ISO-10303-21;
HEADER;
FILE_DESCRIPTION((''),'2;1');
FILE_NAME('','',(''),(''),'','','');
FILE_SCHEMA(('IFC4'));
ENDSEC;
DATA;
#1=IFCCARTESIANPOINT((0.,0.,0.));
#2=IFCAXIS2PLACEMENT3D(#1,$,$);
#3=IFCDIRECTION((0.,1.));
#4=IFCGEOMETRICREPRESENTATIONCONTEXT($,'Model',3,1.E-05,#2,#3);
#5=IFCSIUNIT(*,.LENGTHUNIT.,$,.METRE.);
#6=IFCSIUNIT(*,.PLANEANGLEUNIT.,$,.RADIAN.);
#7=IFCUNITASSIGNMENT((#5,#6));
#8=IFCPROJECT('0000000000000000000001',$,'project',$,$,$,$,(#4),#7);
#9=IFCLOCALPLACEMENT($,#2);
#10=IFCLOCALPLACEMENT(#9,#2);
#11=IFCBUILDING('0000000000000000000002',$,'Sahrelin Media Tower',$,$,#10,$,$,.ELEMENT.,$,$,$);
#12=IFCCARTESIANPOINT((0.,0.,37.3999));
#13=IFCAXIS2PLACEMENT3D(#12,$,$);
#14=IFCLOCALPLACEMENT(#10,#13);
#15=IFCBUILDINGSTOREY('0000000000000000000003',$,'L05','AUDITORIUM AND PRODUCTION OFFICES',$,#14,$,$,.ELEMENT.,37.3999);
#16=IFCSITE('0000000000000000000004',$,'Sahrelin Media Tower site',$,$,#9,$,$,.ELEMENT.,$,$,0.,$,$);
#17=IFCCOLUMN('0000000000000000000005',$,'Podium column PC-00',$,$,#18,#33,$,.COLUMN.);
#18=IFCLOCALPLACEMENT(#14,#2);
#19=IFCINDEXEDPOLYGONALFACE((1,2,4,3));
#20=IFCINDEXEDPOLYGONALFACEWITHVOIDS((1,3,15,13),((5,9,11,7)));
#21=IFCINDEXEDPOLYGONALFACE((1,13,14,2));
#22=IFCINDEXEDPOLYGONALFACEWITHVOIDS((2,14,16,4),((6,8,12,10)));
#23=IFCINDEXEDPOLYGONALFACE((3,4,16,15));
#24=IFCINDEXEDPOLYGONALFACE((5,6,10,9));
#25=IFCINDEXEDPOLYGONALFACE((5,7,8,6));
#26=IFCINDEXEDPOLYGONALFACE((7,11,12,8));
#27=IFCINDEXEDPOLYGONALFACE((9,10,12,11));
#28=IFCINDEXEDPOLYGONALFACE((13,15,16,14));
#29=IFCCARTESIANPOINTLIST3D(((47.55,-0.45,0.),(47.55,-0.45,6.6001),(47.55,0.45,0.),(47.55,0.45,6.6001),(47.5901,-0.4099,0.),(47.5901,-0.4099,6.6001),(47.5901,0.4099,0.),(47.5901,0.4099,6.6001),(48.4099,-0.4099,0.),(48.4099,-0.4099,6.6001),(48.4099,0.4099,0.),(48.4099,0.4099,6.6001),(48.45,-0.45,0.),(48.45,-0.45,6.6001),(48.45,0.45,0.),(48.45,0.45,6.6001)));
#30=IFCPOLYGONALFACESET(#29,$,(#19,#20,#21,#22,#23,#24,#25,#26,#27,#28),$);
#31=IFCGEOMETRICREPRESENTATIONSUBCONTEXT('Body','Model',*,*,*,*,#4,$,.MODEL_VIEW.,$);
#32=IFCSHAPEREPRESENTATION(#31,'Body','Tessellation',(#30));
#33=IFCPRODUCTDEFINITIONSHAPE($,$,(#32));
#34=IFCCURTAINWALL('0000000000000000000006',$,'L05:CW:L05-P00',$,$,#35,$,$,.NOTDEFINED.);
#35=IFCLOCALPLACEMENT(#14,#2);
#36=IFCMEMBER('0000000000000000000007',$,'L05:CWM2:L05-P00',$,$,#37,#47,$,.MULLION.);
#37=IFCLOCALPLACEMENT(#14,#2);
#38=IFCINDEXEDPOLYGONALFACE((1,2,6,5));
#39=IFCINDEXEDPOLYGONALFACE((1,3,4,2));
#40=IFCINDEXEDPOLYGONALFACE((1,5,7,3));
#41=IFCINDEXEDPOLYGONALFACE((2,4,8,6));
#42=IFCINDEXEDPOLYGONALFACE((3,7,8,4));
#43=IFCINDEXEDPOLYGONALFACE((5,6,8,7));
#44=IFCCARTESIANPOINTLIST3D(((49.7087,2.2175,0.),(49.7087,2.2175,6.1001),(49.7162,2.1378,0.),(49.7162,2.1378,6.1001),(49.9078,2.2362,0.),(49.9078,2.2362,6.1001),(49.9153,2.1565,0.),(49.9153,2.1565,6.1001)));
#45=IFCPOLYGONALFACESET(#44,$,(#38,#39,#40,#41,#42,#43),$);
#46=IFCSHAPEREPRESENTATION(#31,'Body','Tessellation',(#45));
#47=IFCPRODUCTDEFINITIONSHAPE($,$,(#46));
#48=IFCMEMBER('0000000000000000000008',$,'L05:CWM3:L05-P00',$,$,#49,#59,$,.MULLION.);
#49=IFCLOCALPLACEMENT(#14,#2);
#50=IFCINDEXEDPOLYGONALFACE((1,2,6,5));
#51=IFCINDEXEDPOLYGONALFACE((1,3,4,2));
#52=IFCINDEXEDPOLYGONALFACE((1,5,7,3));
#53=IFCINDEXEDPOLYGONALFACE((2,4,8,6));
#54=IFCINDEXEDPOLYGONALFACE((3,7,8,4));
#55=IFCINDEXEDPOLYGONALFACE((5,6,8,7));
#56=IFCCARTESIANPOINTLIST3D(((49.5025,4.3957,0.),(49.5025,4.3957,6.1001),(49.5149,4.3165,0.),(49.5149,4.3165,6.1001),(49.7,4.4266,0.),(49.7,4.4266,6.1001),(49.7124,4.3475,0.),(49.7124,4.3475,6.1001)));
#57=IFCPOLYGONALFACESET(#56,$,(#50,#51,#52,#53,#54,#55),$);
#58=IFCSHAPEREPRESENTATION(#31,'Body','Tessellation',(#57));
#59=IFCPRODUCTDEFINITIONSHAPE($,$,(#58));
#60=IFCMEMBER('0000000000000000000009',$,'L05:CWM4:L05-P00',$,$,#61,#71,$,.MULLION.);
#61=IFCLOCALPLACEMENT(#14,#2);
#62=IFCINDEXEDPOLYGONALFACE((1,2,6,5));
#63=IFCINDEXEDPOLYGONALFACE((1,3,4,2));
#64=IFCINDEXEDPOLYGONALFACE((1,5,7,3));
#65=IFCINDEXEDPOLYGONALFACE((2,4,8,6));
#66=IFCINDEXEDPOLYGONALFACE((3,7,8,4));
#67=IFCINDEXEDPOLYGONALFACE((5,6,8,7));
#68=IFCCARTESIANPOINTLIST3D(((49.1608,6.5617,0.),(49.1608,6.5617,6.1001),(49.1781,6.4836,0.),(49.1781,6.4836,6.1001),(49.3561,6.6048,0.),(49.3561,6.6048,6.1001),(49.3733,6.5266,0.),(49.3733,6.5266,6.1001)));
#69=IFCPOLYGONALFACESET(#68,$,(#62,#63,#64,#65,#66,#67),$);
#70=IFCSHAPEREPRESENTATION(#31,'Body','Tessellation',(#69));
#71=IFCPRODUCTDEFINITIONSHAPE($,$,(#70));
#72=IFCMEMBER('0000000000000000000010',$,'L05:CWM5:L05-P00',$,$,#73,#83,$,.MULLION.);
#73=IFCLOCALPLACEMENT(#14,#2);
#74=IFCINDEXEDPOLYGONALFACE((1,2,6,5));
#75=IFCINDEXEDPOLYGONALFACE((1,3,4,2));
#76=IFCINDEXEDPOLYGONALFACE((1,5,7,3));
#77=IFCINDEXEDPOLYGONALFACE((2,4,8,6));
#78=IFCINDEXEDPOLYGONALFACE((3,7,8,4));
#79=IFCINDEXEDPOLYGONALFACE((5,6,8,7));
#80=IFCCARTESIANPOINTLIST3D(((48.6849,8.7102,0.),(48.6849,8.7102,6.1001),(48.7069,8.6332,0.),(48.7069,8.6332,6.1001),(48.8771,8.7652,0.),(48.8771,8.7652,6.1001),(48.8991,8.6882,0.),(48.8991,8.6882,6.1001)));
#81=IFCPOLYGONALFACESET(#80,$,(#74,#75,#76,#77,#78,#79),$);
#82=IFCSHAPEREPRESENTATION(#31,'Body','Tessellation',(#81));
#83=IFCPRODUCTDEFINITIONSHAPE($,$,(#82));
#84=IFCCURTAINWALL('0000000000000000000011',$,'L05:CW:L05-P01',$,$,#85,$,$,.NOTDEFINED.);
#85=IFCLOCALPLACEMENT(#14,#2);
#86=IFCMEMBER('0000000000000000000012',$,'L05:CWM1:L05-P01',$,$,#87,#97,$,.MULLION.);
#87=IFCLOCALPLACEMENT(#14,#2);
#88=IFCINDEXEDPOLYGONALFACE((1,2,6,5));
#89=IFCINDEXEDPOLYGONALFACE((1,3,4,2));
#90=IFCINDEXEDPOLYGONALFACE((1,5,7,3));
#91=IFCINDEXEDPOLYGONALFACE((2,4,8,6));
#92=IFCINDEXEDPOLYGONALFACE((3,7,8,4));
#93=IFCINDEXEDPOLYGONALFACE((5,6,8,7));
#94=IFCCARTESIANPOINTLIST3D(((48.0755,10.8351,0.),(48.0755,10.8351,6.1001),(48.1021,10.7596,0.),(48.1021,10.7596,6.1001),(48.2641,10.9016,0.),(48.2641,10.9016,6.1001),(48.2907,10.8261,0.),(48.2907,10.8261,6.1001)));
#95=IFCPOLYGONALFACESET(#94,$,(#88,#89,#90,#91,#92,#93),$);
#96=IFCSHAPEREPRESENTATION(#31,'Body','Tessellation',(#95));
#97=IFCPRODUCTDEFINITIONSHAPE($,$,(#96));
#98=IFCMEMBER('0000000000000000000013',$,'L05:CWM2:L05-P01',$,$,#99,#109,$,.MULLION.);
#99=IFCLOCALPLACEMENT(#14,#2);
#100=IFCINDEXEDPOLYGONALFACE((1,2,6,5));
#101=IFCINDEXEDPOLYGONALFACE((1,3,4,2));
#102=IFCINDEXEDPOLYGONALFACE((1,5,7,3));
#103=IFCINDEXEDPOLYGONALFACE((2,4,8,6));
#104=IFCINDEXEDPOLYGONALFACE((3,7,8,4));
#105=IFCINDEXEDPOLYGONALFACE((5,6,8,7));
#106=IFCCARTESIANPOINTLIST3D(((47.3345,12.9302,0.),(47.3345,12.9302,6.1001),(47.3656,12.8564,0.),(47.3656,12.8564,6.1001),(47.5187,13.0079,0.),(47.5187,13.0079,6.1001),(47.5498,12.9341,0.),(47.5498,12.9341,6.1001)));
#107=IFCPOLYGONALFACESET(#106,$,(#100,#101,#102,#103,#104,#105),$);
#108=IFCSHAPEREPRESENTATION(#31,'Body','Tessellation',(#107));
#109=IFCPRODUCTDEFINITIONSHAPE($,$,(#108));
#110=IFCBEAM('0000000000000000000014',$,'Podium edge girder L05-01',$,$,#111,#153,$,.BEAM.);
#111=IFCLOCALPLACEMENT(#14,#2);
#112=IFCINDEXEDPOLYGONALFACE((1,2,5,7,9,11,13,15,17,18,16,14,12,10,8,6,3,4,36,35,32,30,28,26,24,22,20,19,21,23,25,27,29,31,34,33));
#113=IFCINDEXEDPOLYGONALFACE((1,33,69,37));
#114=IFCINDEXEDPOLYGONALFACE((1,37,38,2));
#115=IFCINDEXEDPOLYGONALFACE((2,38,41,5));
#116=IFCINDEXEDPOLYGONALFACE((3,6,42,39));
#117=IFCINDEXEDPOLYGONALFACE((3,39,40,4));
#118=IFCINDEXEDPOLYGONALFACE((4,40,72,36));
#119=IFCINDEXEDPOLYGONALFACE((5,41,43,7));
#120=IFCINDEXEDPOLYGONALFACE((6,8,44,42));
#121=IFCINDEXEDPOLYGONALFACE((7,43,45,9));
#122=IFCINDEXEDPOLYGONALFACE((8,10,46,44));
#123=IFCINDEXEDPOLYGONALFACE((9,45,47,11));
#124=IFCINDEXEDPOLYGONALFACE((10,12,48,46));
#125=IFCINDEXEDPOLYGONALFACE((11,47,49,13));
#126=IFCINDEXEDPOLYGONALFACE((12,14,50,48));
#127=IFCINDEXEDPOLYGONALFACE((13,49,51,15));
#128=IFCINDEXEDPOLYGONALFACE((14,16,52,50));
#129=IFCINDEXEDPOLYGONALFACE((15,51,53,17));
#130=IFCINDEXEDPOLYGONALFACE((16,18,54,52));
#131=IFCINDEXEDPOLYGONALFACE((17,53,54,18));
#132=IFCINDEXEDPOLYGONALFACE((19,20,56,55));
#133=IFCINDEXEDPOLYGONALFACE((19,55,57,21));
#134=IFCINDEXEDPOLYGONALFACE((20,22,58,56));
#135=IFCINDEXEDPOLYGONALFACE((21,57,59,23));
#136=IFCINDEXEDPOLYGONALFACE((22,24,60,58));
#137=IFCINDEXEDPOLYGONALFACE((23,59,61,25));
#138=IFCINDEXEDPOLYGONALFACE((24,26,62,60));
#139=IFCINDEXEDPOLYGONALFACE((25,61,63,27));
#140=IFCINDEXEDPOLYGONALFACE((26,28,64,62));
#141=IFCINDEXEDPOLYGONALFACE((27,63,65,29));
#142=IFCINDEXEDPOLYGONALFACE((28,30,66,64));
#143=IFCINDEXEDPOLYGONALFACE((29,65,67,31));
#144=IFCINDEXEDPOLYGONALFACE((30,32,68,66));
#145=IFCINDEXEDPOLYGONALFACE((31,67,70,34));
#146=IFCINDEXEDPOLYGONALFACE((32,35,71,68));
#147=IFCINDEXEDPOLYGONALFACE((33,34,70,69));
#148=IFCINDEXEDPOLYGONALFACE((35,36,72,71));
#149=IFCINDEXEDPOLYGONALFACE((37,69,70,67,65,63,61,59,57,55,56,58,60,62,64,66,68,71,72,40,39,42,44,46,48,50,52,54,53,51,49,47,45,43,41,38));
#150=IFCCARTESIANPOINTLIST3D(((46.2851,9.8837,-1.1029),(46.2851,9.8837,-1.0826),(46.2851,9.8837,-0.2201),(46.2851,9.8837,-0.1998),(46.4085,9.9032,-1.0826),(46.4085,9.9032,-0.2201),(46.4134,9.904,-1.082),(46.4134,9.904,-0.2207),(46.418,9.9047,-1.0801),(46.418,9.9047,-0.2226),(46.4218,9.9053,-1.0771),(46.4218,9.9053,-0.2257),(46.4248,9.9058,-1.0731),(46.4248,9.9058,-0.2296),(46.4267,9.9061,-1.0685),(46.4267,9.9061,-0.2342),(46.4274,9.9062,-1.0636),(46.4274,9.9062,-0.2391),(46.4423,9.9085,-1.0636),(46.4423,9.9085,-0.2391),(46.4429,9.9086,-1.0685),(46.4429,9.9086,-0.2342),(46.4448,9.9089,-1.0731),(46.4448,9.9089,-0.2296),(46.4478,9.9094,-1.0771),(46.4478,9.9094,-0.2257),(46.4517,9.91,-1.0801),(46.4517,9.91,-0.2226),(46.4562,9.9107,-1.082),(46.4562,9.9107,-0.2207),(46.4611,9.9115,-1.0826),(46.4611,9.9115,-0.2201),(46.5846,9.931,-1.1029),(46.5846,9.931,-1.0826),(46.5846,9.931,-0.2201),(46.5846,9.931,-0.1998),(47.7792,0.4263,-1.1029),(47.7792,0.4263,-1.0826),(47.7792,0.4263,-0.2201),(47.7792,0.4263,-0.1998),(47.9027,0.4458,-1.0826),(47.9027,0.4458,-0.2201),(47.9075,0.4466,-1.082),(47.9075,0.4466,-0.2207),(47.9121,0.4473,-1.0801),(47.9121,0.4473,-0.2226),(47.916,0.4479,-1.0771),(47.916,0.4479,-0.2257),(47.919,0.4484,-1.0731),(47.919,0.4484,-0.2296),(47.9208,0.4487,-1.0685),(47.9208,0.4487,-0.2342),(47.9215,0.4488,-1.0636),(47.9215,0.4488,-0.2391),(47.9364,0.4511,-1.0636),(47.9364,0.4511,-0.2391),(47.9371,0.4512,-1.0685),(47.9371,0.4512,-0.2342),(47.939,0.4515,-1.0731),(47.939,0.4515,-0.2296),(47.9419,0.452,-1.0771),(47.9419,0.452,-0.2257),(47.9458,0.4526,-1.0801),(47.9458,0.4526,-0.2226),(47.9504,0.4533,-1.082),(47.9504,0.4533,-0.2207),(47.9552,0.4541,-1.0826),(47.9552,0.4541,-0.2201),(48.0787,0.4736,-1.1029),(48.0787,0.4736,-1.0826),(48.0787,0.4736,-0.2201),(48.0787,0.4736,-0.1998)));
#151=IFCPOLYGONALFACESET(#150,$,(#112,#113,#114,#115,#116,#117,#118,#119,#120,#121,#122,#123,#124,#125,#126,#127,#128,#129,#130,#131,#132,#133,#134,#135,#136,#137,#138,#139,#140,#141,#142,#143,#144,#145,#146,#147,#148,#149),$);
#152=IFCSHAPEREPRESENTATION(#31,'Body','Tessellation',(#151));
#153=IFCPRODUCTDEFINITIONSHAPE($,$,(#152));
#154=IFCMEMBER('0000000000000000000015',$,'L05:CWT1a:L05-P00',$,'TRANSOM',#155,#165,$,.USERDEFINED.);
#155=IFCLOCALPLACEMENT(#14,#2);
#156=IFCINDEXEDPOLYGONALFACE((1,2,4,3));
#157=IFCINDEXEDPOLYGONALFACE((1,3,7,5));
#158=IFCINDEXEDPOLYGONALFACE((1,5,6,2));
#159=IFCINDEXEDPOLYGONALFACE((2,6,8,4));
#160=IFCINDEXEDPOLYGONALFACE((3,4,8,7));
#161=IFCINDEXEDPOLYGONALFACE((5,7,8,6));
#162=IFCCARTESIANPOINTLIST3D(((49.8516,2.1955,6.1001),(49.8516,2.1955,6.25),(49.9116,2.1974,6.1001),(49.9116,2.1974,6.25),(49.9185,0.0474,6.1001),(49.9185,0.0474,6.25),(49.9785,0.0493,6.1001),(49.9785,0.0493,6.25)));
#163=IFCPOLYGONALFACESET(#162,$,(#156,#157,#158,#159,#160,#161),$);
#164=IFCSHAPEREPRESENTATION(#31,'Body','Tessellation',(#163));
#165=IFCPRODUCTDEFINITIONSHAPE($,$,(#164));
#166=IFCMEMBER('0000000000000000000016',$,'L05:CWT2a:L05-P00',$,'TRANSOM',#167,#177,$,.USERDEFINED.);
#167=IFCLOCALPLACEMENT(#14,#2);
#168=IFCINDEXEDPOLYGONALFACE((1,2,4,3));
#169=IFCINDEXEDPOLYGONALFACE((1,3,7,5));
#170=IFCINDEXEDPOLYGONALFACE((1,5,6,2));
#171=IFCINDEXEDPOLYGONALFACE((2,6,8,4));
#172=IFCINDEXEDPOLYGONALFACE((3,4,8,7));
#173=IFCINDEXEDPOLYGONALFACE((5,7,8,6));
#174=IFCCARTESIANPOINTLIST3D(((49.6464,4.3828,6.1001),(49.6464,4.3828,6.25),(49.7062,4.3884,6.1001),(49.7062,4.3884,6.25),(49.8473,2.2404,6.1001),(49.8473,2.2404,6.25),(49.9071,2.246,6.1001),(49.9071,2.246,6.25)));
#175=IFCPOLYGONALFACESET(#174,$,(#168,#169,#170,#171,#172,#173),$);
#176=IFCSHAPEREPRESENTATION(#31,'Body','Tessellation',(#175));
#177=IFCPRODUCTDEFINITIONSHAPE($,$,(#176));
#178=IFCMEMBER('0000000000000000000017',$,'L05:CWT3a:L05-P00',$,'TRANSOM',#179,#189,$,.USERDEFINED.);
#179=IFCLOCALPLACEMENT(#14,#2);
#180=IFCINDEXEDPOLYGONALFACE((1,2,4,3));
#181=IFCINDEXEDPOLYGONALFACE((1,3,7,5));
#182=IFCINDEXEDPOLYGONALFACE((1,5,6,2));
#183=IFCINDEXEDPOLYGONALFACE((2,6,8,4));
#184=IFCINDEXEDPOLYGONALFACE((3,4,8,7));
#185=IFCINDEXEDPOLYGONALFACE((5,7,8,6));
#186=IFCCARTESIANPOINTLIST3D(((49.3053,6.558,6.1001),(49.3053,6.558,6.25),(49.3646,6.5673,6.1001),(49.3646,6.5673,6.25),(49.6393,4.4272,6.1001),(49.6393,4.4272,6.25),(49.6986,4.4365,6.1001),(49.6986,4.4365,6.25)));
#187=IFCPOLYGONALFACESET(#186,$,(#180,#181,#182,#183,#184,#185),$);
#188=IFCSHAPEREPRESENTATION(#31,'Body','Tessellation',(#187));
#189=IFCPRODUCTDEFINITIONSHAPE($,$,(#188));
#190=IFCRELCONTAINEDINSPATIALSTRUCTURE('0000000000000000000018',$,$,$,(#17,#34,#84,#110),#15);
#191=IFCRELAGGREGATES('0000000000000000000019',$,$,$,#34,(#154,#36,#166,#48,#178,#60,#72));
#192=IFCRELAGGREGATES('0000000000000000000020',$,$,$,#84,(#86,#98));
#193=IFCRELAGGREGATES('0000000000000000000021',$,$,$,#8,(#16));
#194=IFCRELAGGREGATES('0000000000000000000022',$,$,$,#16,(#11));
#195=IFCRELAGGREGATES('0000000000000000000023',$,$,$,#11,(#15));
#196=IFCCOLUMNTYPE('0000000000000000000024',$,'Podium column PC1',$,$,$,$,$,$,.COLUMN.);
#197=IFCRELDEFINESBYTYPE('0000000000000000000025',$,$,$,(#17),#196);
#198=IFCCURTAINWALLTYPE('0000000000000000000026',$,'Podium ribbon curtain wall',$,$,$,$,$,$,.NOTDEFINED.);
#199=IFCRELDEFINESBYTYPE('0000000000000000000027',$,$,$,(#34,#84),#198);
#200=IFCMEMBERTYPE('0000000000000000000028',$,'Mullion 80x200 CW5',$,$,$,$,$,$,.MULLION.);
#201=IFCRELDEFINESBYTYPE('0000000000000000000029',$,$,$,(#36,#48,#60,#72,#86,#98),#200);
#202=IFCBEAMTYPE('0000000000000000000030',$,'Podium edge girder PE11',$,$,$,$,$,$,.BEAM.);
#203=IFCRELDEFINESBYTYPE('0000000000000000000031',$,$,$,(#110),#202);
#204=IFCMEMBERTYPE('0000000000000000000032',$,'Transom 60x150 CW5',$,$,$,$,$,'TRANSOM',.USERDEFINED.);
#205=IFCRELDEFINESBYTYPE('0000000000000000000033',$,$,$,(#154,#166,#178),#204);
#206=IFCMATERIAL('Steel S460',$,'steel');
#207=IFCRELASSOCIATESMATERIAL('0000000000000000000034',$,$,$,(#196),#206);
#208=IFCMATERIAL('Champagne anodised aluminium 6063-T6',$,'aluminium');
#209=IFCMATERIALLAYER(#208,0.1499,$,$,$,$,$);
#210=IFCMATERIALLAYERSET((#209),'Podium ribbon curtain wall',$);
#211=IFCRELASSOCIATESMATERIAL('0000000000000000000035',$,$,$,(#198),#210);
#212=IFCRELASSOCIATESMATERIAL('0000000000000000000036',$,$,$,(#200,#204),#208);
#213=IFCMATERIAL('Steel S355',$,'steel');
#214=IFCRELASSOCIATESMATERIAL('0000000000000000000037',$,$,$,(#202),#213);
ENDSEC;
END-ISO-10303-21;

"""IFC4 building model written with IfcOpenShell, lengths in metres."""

from ifc_helpers import new_model, si_unit, direction, frame, origin, origin_2d, place, context, subcontext, project, spatial, rectangle, hollow_rectangle, i_section, extrude, material, layer, layer_set, material_profile, profile_set, type_object, element, aggregate, save


model = new_model("IFC4")

# Units and contexts
model_context = context("Model", 3, precision=1e-05, world=origin(), true_north=direction((0.0, 1.0)))
body_context = subcontext(model_context, "Body", "Model", "MODEL_VIEW")
ifc_project = project(units=[si_unit("LENGTHUNIT", "METRE"), si_unit("PLANEANGLEUNIT", "RADIAN")], contexts=[model_context])

# Site, building, storey
site_placement = place(None, origin())
site = spatial("IfcSite", under=ifc_project, at=site_placement, Name="Sahrelin Media Tower site", CompositionType="ELEMENT", RefElevation=0.0)
building_placement = place(site_placement, origin())
building = spatial("IfcBuilding", under=site, at=building_placement, Name="Sahrelin Media Tower", CompositionType="ELEMENT")
storey_placement = place(building_placement, frame((0.0, 0.0, 37.3999)))
storey = spatial("IfcBuildingStorey", under=building, at=storey_placement, Name="L05", Description="AUDITORIUM AND PRODUCTION OFFICES", CompositionType="ELEMENT", Elevation=37.3999)

# Column
ifc_material_1 = material(Name="Steel S460", Category="steel")
ifc_material_profile_1 = material_profile(ifc_material_1, hollow_rectangle(XDim=0.8999, YDim=0.8999, WallThickness=0.04, at=origin_2d()), Name="Podium column PC1")
ifc_profile_set_1 = profile_set([ifc_material_profile_1], Name="Steel S460")
column_type = type_object("IfcColumnType", Name="Podium column PC1", PredefinedType="COLUMN", material=ifc_profile_set_1)
column_placement = place(storey_placement, frame((48.0, 0.0, 0.0), z_axis=(0.0, 0.0, 1.0), x_axis=(1.0, 0.0, 0.0)))
element("IfcColumn", 1, at=column_placement, inside=storey, type_object=column_type, Name="Podium column PC-00", PredefinedType="COLUMN", context=body_context, shape_type="SweptSolid", body=[
    extrude(hollow_rectangle(XDim=0.8999, YDim=0.8999, WallThickness=0.04, at=origin_2d()), origin(), (0.0, 0.0, 1.0), 6.6001),
])

# Curtain walls, members
ifc_material_2 = material(Name="Champagne anodised aluminium 6063-T6", Category="aluminium")
ifc_layer_1 = layer(ifc_material_2, 0.1499)
ifc_layer_set_1 = layer_set([ifc_layer_1], Name="Podium ribbon curtain wall")
curtain_wall_type = type_object("IfcCurtainWallType", Name="Podium ribbon curtain wall", PredefinedType="NOTDEFINED", material=ifc_layer_set_1)
curtain_wall_1_placement = place(storey_placement, frame((50.0, 0.0, 0.0), z_axis=(0.0, 0.0, 1.0), x_axis=(1.0, 0.0, 0.0)))
curtain_wall_1 = element("IfcCurtainWall", 2, at=curtain_wall_1_placement, inside=storey, type_object=curtain_wall_type, Name="L05:CW:L05-P00", PredefinedType="NOTDEFINED")
ifc_material_profile_2 = material_profile(ifc_material_2, rectangle(XDim=0.0801, YDim=0.2, at=origin_2d()), Name="Mullion 80x200")
ifc_profile_set_2 = profile_set([ifc_material_profile_2], Name="Champagne anodised aluminium 6063-T6")
member_type_1 = type_object("IfcMemberType", Name="Mullion 80x200 CW5", PredefinedType="MULLION", material=ifc_profile_set_2)
member_1_placement = place(storey_placement, frame((49.812, 2.187, 0.0), z_axis=(0.0, 0.0, 1.0), x_axis=(-0.093292, 0.995639, 0.0)))
member_1 = element("IfcMember", 3, at=member_1_placement, type_object=member_type_1, Name="L05:CWM2:L05-P00", PredefinedType="MULLION", context=body_context, shape_type="SweptSolid", body=[
    extrude(rectangle(XDim=0.0801, YDim=0.2, at=origin_2d()), origin(), (0.0, 0.0, 1.0), 6.1001),
])
member_2_placement = place(storey_placement, frame((49.6074, 4.3716, 0.0), z_axis=(0.0, 0.0, 1.0), x_axis=(-0.154852, 0.987938, 0.0)))
member_2 = element("IfcMember", 4, at=member_2_placement, type_object=member_type_1, Name="L05:CWM3:L05-P00", PredefinedType="MULLION", context=body_context, shape_type="SweptSolid", body=[
    extrude(rectangle(XDim=0.0801, YDim=0.2, at=origin_2d()), origin(), (0.0, 0.0, 1.0), 6.1001),
])
member_3_placement = place(storey_placement, frame((49.2671, 6.5442, 0.0), z_axis=(0.0, 0.0, 1.0), x_axis=(-0.215438, 0.976518, 0.0)))
member_3 = element("IfcMember", 5, at=member_3_placement, type_object=member_type_1, Name="L05:CWM4:L05-P00", PredefinedType="MULLION", context=body_context, shape_type="SweptSolid", body=[
    extrude(rectangle(XDim=0.0801, YDim=0.2, at=origin_2d()), origin(), (0.0, 0.0, 1.0), 6.1001),
])
member_4_placement = place(storey_placement, frame((48.792, 8.6992, 0.0), z_axis=(0.0, 0.0, 1.0), x_axis=(-0.27481, 0.961499, 0.0)))
member_4 = element("IfcMember", 6, at=member_4_placement, type_object=member_type_1, Name="L05:CWM5:L05-P00", PredefinedType="MULLION", context=body_context, shape_type="SweptSolid", body=[
    extrude(rectangle(XDim=0.0801, YDim=0.2, at=origin_2d()), origin(), (0.0, 0.0, 1.0), 6.1001),
])
curtain_wall_2_placement = place(storey_placement, frame((48.2964, 10.8704, 0.0), z_axis=(0.0, 0.0, 1.0), x_axis=(1.0, 0.0, 0.0)))
curtain_wall_2 = element("IfcCurtainWall", 7, at=curtain_wall_2_placement, inside=storey, type_object=curtain_wall_type, Name="L05:CW:L05-P01", PredefinedType="NOTDEFINED")
member_5_placement = place(storey_placement, frame((48.1831, 10.8306, 0.0), z_axis=(0.0, 0.0, 1.0), x_axis=(-0.332579, 0.943075, 0.0)))
member_5 = element("IfcMember", 8, at=member_5_placement, type_object=member_type_1, Name="L05:CWM1:L05-P01", PredefinedType="MULLION", context=body_context, shape_type="SweptSolid", body=[
    extrude(rectangle(XDim=0.0801, YDim=0.2, at=origin_2d()), origin(), (0.0, 0.0, 1.0), 6.1001),
])
member_6_placement = place(storey_placement, frame((47.4421, 12.9321, 0.0), z_axis=(0.0, 0.0, 1.0), x_axis=(-0.38845, 0.92147, 0.0)))
member_6 = element("IfcMember", 9, at=member_6_placement, type_object=member_type_1, Name="L05:CWM2:L05-P01", PredefinedType="MULLION", context=body_context, shape_type="SweptSolid", body=[
    extrude(rectangle(XDim=0.0801, YDim=0.2, at=origin_2d()), origin(), (0.0, 0.0, 1.0), 6.1001),
])

# Beam
ifc_material_3 = material(Name="Steel S355", Category="steel")
ifc_material_profile_3 = material_profile(ifc_material_3, i_section(OverallWidth=0.3032, OverallDepth=0.9031, WebThickness=0.0151, FlangeThickness=0.0203, FilletRadius=0.019, at=origin_2d()), Name="UB 914x305x201")
ifc_profile_set_3 = profile_set([ifc_material_profile_3], Name="Steel S355")
beam_type = type_object("IfcBeamType", Name="Podium edge girder PE11", PredefinedType="BEAM", material=ifc_profile_set_3)
beam_placement = place(storey_placement, frame((47.929, 0.45, -0.6514), z_axis=(-0.156049, 0.987749, 0.0), x_axis=(-0.987749, -0.156049, 0.0)))
element("IfcBeam", 10, at=beam_placement, inside=storey, type_object=beam_type, Name="Podium edge girder L05-01", PredefinedType="BEAM", context=body_context, shape_type="SweptSolid", body=[
    extrude(i_section(OverallWidth=0.3032, OverallDepth=0.9031, WebThickness=0.0151, FlangeThickness=0.0203, FilletRadius=0.019, at=origin_2d()), origin(), (0.0, 0.0, 1.0), 9.5747),
])

# Members
ifc_material_profile_4 = material_profile(ifc_material_2, rectangle(XDim=0.0601, YDim=0.1499, at=origin_2d()), Name="Transom 60x150")
ifc_profile_set_4 = profile_set([ifc_material_profile_4], Name="Champagne anodised aluminium 6063-T6")
member_type_2 = type_object("IfcMemberType", Name="Transom 60x150 CW5", ElementType="TRANSOM", PredefinedType="USERDEFINED", material=ifc_profile_set_4)
member_7_placement = place(storey_placement, frame((49.9485, 0.0483, 6.175), z_axis=(-0.031125, 0.999516, 0.0), x_axis=(-0.999516, -0.031125, 0.0)))
member_7 = element("IfcMember", 11, at=member_7_placement, type_object=member_type_2, Name="L05:CWT1a:L05-P00", ObjectType="TRANSOM", PredefinedType="USERDEFINED", context=body_context, shape_type="SweptSolid", body=[
    extrude(rectangle(XDim=0.0601, YDim=0.1499, at=origin_2d()), origin(), (0.0, 0.0, 1.0), 2.1492),
])
member_8_placement = place(storey_placement, frame((49.8772, 2.2432, 6.175), z_axis=(-0.093379, 0.995631, 0.0), x_axis=(-0.995631, -0.093379, 0.0)))
member_8 = element("IfcMember", 12, at=member_8_placement, type_object=member_type_2, Name="L05:CWT2a:L05-P00", ObjectType="TRANSOM", PredefinedType="USERDEFINED", context=body_context, shape_type="SweptSolid", body=[
    extrude(rectangle(XDim=0.0601, YDim=0.1499, at=origin_2d()), origin(), (0.0, 0.0, 1.0), 2.1519),
])
member_9_placement = place(storey_placement, frame((49.6689, 4.4319, 6.175), z_axis=(-0.154864, 0.987936, 0.0), x_axis=(-0.987936, -0.154864, 0.0)))
member_9 = element("IfcMember", 13, at=member_9_placement, type_object=member_type_2, Name="L05:CWT3a:L05-P00", ObjectType="TRANSOM", PredefinedType="USERDEFINED", context=body_context, shape_type="SweptSolid", body=[
    extrude(rectangle(XDim=0.0601, YDim=0.1499, at=origin_2d()), origin(), (0.0, 0.0, 1.0), 2.1567),
])

aggregate(curtain_wall_1, [member_7, member_1, member_8, member_2, member_9, member_3, member_4])
aggregate(curtain_wall_2, [member_5, member_6])

save(model, "model.ifc")
